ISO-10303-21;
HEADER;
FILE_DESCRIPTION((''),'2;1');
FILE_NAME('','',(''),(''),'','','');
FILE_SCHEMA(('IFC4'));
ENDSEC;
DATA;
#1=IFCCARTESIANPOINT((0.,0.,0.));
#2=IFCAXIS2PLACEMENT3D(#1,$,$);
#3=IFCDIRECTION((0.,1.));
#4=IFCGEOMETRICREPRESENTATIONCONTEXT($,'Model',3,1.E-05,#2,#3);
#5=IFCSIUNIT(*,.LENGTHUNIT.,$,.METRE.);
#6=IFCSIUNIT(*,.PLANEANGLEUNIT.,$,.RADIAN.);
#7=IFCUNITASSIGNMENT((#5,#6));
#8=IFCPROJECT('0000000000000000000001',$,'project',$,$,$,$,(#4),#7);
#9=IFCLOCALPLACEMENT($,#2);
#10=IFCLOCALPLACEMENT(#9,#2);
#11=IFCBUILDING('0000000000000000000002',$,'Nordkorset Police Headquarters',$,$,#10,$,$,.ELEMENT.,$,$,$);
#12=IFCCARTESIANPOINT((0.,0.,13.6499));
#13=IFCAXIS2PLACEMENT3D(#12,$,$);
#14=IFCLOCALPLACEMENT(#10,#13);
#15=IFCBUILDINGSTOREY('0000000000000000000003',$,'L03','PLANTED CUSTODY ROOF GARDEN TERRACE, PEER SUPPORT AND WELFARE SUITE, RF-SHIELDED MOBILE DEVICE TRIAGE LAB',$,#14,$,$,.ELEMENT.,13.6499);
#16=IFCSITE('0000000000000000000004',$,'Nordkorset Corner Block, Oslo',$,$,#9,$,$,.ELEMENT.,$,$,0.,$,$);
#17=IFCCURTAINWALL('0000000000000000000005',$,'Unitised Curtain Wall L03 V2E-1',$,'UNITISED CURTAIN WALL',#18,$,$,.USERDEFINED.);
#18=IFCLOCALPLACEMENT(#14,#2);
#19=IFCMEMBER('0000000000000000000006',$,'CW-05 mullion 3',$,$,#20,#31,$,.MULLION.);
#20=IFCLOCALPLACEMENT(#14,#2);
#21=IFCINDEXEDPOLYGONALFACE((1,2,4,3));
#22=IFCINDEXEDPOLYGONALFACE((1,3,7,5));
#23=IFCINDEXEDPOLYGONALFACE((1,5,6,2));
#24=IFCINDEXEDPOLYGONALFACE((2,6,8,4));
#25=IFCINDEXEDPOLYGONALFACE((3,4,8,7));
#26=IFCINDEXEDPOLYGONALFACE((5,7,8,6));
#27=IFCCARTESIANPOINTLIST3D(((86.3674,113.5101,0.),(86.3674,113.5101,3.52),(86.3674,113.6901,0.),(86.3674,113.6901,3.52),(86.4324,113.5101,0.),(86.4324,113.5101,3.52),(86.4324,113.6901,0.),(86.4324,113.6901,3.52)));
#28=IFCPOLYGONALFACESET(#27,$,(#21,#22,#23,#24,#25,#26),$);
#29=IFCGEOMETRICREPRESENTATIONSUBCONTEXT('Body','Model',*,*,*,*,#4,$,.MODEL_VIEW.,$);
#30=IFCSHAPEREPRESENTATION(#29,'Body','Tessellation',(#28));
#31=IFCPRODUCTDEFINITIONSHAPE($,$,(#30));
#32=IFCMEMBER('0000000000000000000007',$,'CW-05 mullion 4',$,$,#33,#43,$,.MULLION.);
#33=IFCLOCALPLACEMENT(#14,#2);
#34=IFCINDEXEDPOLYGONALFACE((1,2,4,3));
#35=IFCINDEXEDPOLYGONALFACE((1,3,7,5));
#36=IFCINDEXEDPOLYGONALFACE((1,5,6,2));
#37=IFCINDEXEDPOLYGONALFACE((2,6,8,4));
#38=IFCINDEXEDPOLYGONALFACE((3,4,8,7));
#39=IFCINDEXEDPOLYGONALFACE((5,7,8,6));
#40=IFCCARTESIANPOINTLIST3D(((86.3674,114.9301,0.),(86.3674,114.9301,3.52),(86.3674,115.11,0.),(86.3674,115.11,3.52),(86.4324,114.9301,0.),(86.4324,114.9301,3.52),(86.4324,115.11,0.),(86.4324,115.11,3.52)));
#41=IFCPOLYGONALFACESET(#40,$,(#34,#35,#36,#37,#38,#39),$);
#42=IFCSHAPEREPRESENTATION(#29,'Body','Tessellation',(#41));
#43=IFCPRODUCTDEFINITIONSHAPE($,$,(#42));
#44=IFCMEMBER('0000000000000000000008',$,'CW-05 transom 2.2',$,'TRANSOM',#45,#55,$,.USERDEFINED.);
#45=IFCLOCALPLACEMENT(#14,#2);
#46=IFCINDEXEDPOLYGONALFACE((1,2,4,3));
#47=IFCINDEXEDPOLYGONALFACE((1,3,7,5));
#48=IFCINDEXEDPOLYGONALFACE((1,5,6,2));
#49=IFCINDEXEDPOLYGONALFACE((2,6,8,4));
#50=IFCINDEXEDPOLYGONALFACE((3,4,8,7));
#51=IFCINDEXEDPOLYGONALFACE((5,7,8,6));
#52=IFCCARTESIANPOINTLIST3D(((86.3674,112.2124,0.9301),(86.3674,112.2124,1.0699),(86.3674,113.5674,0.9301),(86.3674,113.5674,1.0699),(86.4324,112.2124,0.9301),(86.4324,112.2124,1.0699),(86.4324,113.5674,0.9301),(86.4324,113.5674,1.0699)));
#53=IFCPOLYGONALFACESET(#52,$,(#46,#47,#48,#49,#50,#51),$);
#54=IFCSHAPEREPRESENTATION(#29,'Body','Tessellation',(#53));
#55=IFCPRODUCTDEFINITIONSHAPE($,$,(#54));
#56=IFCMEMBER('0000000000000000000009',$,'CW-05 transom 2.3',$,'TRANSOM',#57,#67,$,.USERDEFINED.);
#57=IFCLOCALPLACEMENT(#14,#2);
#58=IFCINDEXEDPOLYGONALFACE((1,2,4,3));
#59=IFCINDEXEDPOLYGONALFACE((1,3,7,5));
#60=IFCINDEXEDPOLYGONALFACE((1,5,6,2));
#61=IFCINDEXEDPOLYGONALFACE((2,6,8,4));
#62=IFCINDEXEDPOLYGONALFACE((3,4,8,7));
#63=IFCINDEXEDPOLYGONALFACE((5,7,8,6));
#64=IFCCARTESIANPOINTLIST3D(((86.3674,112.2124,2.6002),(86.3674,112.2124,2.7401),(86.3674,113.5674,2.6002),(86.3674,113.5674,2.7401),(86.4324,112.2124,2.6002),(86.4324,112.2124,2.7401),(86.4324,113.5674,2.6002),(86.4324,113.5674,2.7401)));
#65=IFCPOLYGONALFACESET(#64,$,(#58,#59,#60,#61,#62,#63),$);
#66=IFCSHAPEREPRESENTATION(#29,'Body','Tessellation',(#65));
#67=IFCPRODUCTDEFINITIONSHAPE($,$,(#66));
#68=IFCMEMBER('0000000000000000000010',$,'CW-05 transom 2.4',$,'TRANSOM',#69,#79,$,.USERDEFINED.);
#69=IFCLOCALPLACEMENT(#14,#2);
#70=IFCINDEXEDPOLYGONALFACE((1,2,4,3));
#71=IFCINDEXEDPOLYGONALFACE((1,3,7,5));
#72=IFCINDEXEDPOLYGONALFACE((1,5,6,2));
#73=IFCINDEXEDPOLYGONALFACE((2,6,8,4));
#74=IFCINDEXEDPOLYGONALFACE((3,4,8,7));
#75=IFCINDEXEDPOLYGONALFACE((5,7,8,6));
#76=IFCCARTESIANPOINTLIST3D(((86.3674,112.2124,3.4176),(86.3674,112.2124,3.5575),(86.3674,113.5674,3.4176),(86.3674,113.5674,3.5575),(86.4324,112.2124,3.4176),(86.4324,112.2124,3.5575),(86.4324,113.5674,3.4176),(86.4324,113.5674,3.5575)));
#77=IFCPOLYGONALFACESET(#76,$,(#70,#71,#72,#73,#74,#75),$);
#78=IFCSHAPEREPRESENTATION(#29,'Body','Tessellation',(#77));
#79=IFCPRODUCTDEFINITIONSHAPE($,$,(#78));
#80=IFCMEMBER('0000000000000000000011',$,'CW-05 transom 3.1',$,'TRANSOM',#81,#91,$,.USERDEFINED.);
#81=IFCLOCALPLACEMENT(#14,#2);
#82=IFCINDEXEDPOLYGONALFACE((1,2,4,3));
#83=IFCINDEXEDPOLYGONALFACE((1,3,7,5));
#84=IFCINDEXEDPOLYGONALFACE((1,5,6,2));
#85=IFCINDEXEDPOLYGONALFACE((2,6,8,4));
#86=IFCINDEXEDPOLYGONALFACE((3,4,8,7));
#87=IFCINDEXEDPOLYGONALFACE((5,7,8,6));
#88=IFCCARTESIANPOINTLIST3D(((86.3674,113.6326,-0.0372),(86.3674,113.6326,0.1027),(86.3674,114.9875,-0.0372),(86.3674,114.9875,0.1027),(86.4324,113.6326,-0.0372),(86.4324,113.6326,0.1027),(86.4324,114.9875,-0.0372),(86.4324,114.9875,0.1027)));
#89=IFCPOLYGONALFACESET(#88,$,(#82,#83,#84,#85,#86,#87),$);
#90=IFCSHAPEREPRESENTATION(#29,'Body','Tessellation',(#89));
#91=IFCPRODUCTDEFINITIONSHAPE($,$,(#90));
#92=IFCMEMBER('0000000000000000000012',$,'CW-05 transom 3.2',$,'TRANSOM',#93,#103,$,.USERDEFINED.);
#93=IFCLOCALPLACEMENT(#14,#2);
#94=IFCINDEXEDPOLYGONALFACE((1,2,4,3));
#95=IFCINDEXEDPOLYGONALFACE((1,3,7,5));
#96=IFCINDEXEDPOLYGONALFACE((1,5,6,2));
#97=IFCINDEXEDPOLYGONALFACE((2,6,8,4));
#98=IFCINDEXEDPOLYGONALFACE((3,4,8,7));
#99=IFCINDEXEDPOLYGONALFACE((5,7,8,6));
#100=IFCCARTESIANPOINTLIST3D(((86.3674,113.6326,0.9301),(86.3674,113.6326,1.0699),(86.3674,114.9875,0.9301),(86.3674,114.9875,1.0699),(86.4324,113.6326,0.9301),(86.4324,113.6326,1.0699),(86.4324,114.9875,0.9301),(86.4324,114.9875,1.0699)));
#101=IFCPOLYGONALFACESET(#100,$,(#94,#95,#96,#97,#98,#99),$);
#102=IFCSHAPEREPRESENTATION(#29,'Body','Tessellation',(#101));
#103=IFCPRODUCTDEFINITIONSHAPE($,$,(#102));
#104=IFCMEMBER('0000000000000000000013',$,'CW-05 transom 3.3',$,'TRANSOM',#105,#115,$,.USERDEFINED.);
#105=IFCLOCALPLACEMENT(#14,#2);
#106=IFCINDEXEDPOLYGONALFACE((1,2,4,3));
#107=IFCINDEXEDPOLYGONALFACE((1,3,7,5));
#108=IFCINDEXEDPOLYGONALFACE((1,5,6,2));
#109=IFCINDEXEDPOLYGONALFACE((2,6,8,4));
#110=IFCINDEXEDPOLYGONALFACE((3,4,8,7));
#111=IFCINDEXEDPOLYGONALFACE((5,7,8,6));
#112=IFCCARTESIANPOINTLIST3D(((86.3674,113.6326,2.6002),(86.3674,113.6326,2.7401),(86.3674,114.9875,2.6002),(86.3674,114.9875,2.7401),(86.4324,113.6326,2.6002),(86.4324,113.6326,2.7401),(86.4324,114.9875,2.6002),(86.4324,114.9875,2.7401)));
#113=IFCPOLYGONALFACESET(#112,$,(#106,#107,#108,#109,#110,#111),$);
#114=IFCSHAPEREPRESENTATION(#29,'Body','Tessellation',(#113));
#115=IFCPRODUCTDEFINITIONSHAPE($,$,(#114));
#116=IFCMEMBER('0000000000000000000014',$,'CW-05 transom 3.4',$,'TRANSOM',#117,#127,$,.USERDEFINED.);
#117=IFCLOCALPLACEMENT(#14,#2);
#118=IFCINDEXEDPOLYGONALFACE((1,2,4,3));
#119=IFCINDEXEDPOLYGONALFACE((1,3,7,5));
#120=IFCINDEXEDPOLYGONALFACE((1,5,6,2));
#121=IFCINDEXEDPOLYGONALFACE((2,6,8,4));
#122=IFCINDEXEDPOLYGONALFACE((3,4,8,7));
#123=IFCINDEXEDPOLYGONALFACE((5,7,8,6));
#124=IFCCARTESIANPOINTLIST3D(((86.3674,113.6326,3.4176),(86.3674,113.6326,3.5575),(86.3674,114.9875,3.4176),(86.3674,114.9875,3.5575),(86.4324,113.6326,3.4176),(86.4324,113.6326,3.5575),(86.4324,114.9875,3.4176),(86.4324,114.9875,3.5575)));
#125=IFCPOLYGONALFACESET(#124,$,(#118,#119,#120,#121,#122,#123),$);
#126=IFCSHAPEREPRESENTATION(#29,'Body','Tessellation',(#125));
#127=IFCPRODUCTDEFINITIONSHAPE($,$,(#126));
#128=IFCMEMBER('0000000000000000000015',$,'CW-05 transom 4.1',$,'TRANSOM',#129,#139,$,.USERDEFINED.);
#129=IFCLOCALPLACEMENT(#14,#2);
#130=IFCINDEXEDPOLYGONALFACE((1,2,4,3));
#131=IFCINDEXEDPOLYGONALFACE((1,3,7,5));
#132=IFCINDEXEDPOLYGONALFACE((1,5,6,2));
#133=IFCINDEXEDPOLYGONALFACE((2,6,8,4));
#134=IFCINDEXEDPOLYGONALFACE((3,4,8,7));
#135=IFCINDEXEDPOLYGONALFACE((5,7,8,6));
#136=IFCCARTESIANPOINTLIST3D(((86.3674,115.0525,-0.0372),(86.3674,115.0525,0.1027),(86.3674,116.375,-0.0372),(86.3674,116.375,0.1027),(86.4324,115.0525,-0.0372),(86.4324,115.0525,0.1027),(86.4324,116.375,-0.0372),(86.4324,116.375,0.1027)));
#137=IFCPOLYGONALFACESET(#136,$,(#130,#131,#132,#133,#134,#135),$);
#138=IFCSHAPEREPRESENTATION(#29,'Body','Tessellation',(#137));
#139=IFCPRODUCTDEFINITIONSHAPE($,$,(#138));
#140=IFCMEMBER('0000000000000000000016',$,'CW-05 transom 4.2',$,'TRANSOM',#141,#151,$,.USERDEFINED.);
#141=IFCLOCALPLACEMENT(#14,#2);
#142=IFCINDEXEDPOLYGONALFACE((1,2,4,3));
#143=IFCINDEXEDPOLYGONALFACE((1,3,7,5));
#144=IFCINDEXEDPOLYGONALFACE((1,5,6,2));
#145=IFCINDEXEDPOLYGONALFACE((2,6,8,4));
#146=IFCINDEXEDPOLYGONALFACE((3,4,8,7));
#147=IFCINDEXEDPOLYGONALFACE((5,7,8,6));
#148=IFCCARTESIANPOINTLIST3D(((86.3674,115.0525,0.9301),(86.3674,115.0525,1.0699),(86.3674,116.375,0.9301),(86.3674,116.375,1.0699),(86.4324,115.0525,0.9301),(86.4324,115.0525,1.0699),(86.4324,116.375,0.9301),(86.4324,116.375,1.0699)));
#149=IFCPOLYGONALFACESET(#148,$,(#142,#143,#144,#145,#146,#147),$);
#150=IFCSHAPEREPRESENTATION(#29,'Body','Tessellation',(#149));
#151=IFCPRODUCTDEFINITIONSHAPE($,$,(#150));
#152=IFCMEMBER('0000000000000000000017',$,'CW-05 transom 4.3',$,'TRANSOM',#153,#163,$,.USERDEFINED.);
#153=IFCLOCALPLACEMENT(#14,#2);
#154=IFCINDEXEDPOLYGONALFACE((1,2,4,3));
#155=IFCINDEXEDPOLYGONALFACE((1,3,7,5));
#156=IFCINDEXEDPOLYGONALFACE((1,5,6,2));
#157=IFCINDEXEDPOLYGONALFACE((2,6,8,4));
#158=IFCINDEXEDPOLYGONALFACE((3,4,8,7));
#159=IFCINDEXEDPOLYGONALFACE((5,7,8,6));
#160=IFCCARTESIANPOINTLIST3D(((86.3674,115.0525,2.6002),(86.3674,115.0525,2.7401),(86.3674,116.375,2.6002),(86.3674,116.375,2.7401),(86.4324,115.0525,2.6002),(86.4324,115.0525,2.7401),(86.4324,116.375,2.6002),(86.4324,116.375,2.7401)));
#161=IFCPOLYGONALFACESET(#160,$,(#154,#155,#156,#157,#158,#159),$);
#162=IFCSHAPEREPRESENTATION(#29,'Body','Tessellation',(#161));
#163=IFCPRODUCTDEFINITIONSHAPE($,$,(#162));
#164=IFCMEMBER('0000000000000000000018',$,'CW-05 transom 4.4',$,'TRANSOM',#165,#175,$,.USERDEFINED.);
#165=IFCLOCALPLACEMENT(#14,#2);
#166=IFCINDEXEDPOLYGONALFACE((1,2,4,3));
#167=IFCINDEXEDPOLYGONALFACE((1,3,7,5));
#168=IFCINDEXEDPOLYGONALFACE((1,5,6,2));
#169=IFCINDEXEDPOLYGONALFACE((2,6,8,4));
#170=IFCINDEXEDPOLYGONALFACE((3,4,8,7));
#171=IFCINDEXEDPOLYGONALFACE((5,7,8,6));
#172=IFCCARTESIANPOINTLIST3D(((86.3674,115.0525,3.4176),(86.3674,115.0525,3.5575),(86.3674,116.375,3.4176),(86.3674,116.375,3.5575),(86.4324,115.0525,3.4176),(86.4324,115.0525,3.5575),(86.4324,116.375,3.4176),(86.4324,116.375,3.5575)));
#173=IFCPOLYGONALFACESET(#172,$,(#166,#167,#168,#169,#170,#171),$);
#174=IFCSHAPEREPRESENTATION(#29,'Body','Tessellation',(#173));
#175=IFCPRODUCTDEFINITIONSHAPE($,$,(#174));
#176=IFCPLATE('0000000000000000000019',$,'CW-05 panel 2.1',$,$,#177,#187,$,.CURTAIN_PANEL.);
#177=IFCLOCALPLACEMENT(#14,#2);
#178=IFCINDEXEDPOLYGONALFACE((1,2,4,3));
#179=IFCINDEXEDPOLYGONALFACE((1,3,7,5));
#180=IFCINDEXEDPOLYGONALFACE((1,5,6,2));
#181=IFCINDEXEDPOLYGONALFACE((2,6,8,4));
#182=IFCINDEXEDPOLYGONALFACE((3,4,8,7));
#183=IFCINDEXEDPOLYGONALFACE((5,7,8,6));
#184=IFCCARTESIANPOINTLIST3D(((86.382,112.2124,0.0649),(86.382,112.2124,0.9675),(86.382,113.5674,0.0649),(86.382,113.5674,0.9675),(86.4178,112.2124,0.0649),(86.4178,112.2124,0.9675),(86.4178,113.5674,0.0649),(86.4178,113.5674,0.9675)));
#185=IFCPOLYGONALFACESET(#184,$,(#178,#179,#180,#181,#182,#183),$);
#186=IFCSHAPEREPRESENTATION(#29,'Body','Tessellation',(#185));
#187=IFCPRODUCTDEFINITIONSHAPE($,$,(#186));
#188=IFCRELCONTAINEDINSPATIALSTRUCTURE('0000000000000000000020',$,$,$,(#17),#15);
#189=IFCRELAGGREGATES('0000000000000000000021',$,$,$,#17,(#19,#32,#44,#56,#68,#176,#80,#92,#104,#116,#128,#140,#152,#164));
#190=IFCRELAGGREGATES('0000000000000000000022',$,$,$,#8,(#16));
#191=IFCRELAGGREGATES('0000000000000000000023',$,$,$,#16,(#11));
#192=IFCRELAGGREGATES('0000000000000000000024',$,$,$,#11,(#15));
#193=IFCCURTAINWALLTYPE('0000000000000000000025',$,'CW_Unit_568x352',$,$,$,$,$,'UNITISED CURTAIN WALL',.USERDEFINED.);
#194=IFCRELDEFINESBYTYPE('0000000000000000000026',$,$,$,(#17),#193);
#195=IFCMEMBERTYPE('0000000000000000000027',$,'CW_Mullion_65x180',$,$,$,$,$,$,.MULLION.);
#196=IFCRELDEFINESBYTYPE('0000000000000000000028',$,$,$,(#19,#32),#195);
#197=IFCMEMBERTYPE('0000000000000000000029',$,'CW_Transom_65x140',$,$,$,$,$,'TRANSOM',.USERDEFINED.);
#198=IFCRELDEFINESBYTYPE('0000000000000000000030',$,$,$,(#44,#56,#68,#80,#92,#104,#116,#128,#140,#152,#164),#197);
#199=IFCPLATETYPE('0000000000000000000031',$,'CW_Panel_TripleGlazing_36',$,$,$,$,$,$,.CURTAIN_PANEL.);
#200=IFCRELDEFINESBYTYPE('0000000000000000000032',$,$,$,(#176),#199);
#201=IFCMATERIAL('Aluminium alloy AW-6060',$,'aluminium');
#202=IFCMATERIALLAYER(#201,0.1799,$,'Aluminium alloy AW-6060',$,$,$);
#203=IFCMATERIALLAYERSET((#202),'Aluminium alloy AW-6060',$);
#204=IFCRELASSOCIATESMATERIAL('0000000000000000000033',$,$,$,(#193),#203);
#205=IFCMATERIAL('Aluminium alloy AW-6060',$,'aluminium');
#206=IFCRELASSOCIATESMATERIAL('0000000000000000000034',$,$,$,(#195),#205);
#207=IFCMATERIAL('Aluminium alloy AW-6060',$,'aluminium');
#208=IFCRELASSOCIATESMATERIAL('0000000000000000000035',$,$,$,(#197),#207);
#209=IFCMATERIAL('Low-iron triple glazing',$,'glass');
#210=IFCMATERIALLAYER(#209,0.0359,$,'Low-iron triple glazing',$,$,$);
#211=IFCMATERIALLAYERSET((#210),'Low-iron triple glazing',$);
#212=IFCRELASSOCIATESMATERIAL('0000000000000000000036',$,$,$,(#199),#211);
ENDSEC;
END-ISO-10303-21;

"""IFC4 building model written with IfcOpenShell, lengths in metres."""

from ifc_helpers import new_model, si_unit, direction, frame, origin, origin_2d, place, context, subcontext, project, spatial, rectangle, extrude, material, layer, layer_set, material_profile, profile_set, type_object, element, aggregate, save


model = new_model("IFC4")

# Units and contexts
model_context = context("Model", 3, precision=1e-05, world=origin(), true_north=direction((0.0, 1.0)))
body_context = subcontext(model_context, "Body", "Model", "MODEL_VIEW")
ifc_project = project(units=[si_unit("LENGTHUNIT", "METRE"), si_unit("PLANEANGLEUNIT", "RADIAN")], contexts=[model_context])

# Site, building, storey
site_placement = place(None, origin())
site = spatial("IfcSite", under=ifc_project, at=site_placement, Name="Nordkorset Corner Block, Oslo", CompositionType="ELEMENT", RefElevation=0.0)
building_placement = place(site_placement, origin())
building = spatial("IfcBuilding", under=site, at=building_placement, Name="Nordkorset Police Headquarters", CompositionType="ELEMENT")
storey_placement = place(building_placement, frame((0.0, 0.0, 13.6499)))
storey = spatial("IfcBuildingStorey", under=building, at=storey_placement, Name="L03", Description="PLANTED CUSTODY ROOF GARDEN TERRACE, PEER SUPPORT AND WELFARE SUITE, RF-SHIELDED MOBILE DEVICE TRIAGE LAB", CompositionType="ELEMENT", Elevation=13.6499)

# Curtain wall, members, plate
ifc_material_1 = material(Name="Aluminium alloy AW-6060", Category="aluminium")
ifc_layer_1 = layer(ifc_material_1, 0.1799, Name="Aluminium alloy AW-6060")
ifc_layer_set_1 = layer_set([ifc_layer_1], Name="Aluminium alloy AW-6060")
curtain_wall_type = type_object("IfcCurtainWallType", Name="CW_Unit_568x352", ElementType="UNITISED CURTAIN WALL", PredefinedType="USERDEFINED", material=ifc_layer_set_1)
curtain_wall_placement = place(storey_placement, origin())
curtain_wall = element("IfcCurtainWall", 1, at=curtain_wall_placement, inside=storey, type_object=curtain_wall_type, Name="Unitised Curtain Wall L03 V2E-1", ObjectType="UNITISED CURTAIN WALL", PredefinedType="USERDEFINED")
ifc_material_2 = material(Name="Aluminium alloy AW-6060", Category="aluminium")
ifc_material_profile_1 = material_profile(ifc_material_2, rectangle(XDim=0.0649, YDim=0.1799, at=origin_2d()), Name="ALU MULL 65x180")
ifc_profile_set_1 = profile_set([ifc_material_profile_1], Name="Aluminium alloy AW-6060")
member_type_1 = type_object("IfcMemberType", Name="CW_Mullion_65x180", PredefinedType="MULLION", material=ifc_profile_set_1)
member_1_placement = place(storey_placement, frame((86.3999, 113.6001, 0.0), z_axis=(0.0, 0.0, 1.0), x_axis=(-1.0, 0.0, 0.0)))
member_1 = element("IfcMember", 2, at=member_1_placement, type_object=member_type_1, Name="CW-05 mullion 3", PredefinedType="MULLION", context=body_context, shape_type="SweptSolid", body=[
    extrude(rectangle(XDim=0.0649, YDim=0.1799, at=origin_2d()), origin(), (0.0, 0.0, 1.0), 3.52),
])
member_2_placement = place(storey_placement, frame((86.3999, 115.02, 0.0), z_axis=(0.0, 0.0, 1.0), x_axis=(-1.0, 0.0, 0.0)))
member_2 = element("IfcMember", 3, at=member_2_placement, type_object=member_type_1, Name="CW-05 mullion 4", PredefinedType="MULLION", context=body_context, shape_type="SweptSolid", body=[
    extrude(rectangle(XDim=0.0649, YDim=0.1799, at=origin_2d()), origin(), (0.0, 0.0, 1.0), 3.52),
])
ifc_material_3 = material(Name="Aluminium alloy AW-6060", Category="aluminium")
ifc_material_profile_2 = material_profile(ifc_material_3, rectangle(XDim=0.0649, YDim=0.1399, at=origin_2d()), Name="ALU TRAN 65x140")
ifc_profile_set_2 = profile_set([ifc_material_profile_2], Name="Aluminium alloy AW-6060")
member_type_2 = type_object("IfcMemberType", Name="CW_Transom_65x140", ElementType="TRANSOM", PredefinedType="USERDEFINED", material=ifc_profile_set_2)
member_3_placement = place(storey_placement, frame((86.3999, 112.2124, 1.0), z_axis=(0.0, 1.0, 0.0), x_axis=(-1.0, 0.0, 0.0)))
member_3 = element("IfcMember", 4, at=member_3_placement, type_object=member_type_2, Name="CW-05 transom 2.2", ObjectType="TRANSOM", PredefinedType="USERDEFINED", context=body_context, shape_type="SweptSolid", body=[
    extrude(rectangle(XDim=0.0649, YDim=0.1399, at=origin_2d()), origin(), (0.0, 0.0, 1.0), 1.355),
])
member_4_placement = place(storey_placement, frame((86.3999, 112.2124, 2.6702), z_axis=(0.0, 1.0, 0.0), x_axis=(-1.0, 0.0, 0.0)))
member_4 = element("IfcMember", 5, at=member_4_placement, type_object=member_type_2, Name="CW-05 transom 2.3", ObjectType="TRANSOM", PredefinedType="USERDEFINED", context=body_context, shape_type="SweptSolid", body=[
    extrude(rectangle(XDim=0.0649, YDim=0.1399, at=origin_2d()), origin(), (0.0, 0.0, 1.0), 1.355),
])
member_5_placement = place(storey_placement, frame((86.3999, 112.2124, 3.4875), z_axis=(0.0, 1.0, 0.0), x_axis=(-1.0, 0.0, 0.0)))
member_5 = element("IfcMember", 6, at=member_5_placement, type_object=member_type_2, Name="CW-05 transom 2.4", ObjectType="TRANSOM", PredefinedType="USERDEFINED", context=body_context, shape_type="SweptSolid", body=[
    extrude(rectangle(XDim=0.0649, YDim=0.1399, at=origin_2d()), origin(), (0.0, 0.0, 1.0), 1.355),
])
member_6_placement = place(storey_placement, frame((86.3999, 113.6326, 0.0327), z_axis=(0.0, 1.0, 0.0), x_axis=(-1.0, 0.0, 0.0)))
member_6 = element("IfcMember", 7, at=member_6_placement, type_object=member_type_2, Name="CW-05 transom 3.1", ObjectType="TRANSOM", PredefinedType="USERDEFINED", context=body_context, shape_type="SweptSolid", body=[
    extrude(rectangle(XDim=0.0649, YDim=0.1399, at=origin_2d()), origin(), (0.0, 0.0, 1.0), 1.355),
])
member_7_placement = place(storey_placement, frame((86.3999, 113.6326, 1.0), z_axis=(0.0, 1.0, 0.0), x_axis=(-1.0, 0.0, 0.0)))
member_7 = element("IfcMember", 8, at=member_7_placement, type_object=member_type_2, Name="CW-05 transom 3.2", ObjectType="TRANSOM", PredefinedType="USERDEFINED", context=body_context, shape_type="SweptSolid", body=[
    extrude(rectangle(XDim=0.0649, YDim=0.1399, at=origin_2d()), origin(), (0.0, 0.0, 1.0), 1.355),
])
member_8_placement = place(storey_placement, frame((86.3999, 113.6326, 2.6702), z_axis=(0.0, 1.0, 0.0), x_axis=(-1.0, 0.0, 0.0)))
member_8 = element("IfcMember", 9, at=member_8_placement, type_object=member_type_2, Name="CW-05 transom 3.3", ObjectType="TRANSOM", PredefinedType="USERDEFINED", context=body_context, shape_type="SweptSolid", body=[
    extrude(rectangle(XDim=0.0649, YDim=0.1399, at=origin_2d()), origin(), (0.0, 0.0, 1.0), 1.355),
])
member_9_placement = place(storey_placement, frame((86.3999, 113.6326, 3.4875), z_axis=(0.0, 1.0, 0.0), x_axis=(-1.0, 0.0, 0.0)))
member_9 = element("IfcMember", 10, at=member_9_placement, type_object=member_type_2, Name="CW-05 transom 3.4", ObjectType="TRANSOM", PredefinedType="USERDEFINED", context=body_context, shape_type="SweptSolid", body=[
    extrude(rectangle(XDim=0.0649, YDim=0.1399, at=origin_2d()), origin(), (0.0, 0.0, 1.0), 1.355),
])
member_10_placement = place(storey_placement, frame((86.3999, 115.0525, 0.0327), z_axis=(0.0, 1.0, 0.0), x_axis=(-1.0, 0.0, 0.0)))
member_10 = element("IfcMember", 11, at=member_10_placement, type_object=member_type_2, Name="CW-05 transom 4.1", ObjectType="TRANSOM", PredefinedType="USERDEFINED", context=body_context, shape_type="SweptSolid", body=[
    extrude(rectangle(XDim=0.0649, YDim=0.1399, at=origin_2d()), origin(), (0.0, 0.0, 1.0), 1.3225),
])
member_11_placement = place(storey_placement, frame((86.3999, 115.0525, 1.0), z_axis=(0.0, 1.0, 0.0), x_axis=(-1.0, 0.0, 0.0)))
member_11 = element("IfcMember", 12, at=member_11_placement, type_object=member_type_2, Name="CW-05 transom 4.2", ObjectType="TRANSOM", PredefinedType="USERDEFINED", context=body_context, shape_type="SweptSolid", body=[
    extrude(rectangle(XDim=0.0649, YDim=0.1399, at=origin_2d()), origin(), (0.0, 0.0, 1.0), 1.3225),
])
member_12_placement = place(storey_placement, frame((86.3999, 115.0525, 2.6702), z_axis=(0.0, 1.0, 0.0), x_axis=(-1.0, 0.0, 0.0)))
member_12 = element("IfcMember", 13, at=member_12_placement, type_object=member_type_2, Name="CW-05 transom 4.3", ObjectType="TRANSOM", PredefinedType="USERDEFINED", context=body_context, shape_type="SweptSolid", body=[
    extrude(rectangle(XDim=0.0649, YDim=0.1399, at=origin_2d()), origin(), (0.0, 0.0, 1.0), 1.3225),
])
member_13_placement = place(storey_placement, frame((86.3999, 115.0525, 3.4875), z_axis=(0.0, 1.0, 0.0), x_axis=(-1.0, 0.0, 0.0)))
member_13 = element("IfcMember", 14, at=member_13_placement, type_object=member_type_2, Name="CW-05 transom 4.4", ObjectType="TRANSOM", PredefinedType="USERDEFINED", context=body_context, shape_type="SweptSolid", body=[
    extrude(rectangle(XDim=0.0649, YDim=0.1399, at=origin_2d()), origin(), (0.0, 0.0, 1.0), 1.3225),
])
ifc_material_4 = material(Name="Low-iron triple glazing", Category="glass")
ifc_layer_2 = layer(ifc_material_4, 0.0359, Name="Low-iron triple glazing")
ifc_layer_set_2 = layer_set([ifc_layer_2], Name="Low-iron triple glazing")
plate_type = type_object("IfcPlateType", Name="CW_Panel_TripleGlazing_36", PredefinedType="CURTAIN_PANEL", material=ifc_layer_set_2)
plate_1_placement = place(storey_placement, frame((86.3999, 112.8899, 0.0649), z_axis=(0.0, 0.0, 1.0), x_axis=(0.0, 1.0, 0.0)))
plate_1 = element("IfcPlate", 15, at=plate_1_placement, type_object=plate_type, Name="CW-05 panel 2.1", PredefinedType="CURTAIN_PANEL", context=body_context, shape_type="SweptSolid", body=[
    extrude(rectangle(XDim=1.355, YDim=0.0359, at=origin_2d()), origin(), (0.0, 0.0, 1.0), 0.9026),
])
aggregate(curtain_wall, [member_1, member_2, member_3, member_4, member_5, plate_1, member_6, member_7, member_8, member_9, member_10, member_11, member_12, member_13])

save(model, "model.ifc")
